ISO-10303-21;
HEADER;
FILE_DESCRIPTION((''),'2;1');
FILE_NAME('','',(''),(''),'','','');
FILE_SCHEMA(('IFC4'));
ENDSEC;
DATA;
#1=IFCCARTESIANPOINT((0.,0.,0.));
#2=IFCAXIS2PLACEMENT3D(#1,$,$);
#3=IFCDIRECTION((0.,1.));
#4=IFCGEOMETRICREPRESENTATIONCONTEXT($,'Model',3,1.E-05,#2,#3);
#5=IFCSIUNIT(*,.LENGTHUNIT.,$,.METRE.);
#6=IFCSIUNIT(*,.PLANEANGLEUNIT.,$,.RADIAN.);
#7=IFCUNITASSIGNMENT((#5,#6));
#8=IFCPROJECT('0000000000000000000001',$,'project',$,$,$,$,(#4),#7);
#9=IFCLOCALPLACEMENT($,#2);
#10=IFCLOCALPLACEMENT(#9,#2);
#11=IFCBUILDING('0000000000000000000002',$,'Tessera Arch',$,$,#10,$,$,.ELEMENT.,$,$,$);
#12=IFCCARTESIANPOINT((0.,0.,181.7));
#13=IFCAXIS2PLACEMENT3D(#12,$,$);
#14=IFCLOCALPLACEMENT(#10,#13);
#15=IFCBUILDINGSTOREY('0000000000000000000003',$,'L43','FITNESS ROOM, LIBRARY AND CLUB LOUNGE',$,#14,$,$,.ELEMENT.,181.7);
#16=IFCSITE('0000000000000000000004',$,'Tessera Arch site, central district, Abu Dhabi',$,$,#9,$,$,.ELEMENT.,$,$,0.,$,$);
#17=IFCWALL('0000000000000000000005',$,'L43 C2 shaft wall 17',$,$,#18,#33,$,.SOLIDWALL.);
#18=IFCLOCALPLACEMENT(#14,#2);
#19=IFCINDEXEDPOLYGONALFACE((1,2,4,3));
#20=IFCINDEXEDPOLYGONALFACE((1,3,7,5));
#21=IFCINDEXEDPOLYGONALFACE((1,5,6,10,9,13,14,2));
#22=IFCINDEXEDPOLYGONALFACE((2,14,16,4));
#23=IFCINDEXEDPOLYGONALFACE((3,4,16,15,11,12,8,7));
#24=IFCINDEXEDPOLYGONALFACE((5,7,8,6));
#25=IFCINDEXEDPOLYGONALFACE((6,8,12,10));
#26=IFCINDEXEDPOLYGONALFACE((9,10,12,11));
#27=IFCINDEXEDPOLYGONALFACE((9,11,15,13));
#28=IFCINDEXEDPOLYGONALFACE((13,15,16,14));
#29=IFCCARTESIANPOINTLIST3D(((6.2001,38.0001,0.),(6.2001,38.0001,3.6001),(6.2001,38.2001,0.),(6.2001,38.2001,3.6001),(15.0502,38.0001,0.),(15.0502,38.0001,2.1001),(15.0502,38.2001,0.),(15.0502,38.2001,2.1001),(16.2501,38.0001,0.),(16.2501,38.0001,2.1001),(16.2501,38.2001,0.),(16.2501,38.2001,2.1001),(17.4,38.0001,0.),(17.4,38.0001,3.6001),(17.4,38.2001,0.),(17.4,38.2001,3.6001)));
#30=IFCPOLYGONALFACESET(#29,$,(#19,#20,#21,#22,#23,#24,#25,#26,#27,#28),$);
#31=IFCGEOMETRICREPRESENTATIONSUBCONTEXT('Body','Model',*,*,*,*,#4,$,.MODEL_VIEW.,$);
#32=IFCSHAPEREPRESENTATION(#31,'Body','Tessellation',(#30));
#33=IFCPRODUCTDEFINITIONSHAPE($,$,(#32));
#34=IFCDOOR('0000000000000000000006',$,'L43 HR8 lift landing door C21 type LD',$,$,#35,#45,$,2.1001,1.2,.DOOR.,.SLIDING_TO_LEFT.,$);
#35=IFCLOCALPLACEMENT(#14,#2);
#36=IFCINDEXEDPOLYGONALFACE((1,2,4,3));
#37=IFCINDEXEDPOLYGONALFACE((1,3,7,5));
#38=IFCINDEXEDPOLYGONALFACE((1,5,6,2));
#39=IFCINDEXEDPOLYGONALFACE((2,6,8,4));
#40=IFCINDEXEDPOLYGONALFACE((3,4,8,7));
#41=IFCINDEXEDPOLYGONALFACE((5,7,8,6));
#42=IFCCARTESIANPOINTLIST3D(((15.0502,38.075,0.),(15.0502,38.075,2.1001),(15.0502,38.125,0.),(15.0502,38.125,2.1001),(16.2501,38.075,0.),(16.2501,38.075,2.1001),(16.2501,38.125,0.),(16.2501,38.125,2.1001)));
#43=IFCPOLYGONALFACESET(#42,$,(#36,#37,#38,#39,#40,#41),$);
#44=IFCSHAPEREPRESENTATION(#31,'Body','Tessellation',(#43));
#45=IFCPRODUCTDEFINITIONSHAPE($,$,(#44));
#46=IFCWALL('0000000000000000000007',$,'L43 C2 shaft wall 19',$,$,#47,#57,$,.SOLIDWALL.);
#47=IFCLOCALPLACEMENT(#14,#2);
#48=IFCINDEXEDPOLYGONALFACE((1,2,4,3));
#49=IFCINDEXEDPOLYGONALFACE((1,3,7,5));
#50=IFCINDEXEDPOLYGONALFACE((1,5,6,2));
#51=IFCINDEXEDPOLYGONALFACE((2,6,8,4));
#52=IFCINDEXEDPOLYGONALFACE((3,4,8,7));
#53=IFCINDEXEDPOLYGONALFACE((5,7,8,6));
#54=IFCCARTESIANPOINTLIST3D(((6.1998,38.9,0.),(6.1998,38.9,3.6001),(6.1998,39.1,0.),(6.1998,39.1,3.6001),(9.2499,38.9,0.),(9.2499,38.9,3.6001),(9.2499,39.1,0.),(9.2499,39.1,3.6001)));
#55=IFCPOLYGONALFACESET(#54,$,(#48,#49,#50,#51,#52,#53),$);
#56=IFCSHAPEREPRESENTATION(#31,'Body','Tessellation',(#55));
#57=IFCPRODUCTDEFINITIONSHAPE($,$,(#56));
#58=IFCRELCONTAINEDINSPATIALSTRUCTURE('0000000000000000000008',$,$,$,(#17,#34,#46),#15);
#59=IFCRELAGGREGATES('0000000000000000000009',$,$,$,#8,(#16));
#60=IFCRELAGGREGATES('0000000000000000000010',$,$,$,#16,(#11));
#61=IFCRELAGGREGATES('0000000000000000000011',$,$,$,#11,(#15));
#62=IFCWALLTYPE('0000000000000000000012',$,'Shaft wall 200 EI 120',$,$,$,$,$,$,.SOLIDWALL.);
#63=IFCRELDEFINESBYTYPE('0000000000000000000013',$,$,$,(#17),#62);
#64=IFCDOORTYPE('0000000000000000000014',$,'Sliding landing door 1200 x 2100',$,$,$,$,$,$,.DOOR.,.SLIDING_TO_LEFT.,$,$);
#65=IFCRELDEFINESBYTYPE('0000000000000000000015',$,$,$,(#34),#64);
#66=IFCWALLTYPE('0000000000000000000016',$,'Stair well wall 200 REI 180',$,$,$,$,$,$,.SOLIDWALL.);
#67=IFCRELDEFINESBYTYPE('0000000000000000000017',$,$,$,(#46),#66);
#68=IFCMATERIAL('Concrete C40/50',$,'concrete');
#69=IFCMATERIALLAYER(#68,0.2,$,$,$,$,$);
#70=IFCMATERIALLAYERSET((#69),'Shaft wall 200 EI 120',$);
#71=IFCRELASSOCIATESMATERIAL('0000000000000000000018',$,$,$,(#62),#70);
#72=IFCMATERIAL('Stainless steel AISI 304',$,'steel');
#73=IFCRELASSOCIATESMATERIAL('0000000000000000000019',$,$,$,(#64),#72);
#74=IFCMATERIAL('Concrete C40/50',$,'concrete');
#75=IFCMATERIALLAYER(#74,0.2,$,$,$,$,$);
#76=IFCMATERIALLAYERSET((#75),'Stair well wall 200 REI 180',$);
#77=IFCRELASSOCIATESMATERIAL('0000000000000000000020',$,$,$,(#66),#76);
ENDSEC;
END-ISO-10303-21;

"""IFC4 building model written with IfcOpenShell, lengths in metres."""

from ifc_helpers import new_model, si_unit, direction, frame, frame_2d, origin, place, context, subcontext, project, spatial, rectangle, extrude, material, layer, layer_set, type_object, element, fill, save


model = new_model("IFC4")

# Units and contexts
model_context = context("Model", 3, precision=1e-05, world=origin(), true_north=direction((0.0, 1.0)))
body_context = subcontext(model_context, "Body", "Model", "MODEL_VIEW")
ifc_project = project(units=[si_unit("LENGTHUNIT", "METRE"), si_unit("PLANEANGLEUNIT", "RADIAN")], contexts=[model_context])

# Site, building, storey
site_placement = place(None, origin())
site = spatial("IfcSite", under=ifc_project, at=site_placement, Name="Tessera Arch site, central district, Abu Dhabi", CompositionType="ELEMENT", RefElevation=0.0)
building_placement = place(site_placement, origin())
building = spatial("IfcBuilding", under=site, at=building_placement, Name="Tessera Arch", CompositionType="ELEMENT")
storey_placement = place(building_placement, frame((0.0, 0.0, 181.7)))
storey = spatial("IfcBuildingStorey", under=building, at=storey_placement, Name="L43", Description="FITNESS ROOM, LIBRARY AND CLUB LOUNGE", CompositionType="ELEMENT", Elevation=181.7)

# Wall, opening, door
ifc_material_1 = material(Name="Concrete C40/50", Category="concrete")
ifc_layer_1 = layer(ifc_material_1, 0.2)
ifc_layer_set_1 = layer_set([ifc_layer_1], Name="Shaft wall 200 EI 120")
wall_type_1 = type_object("IfcWallType", Name="Shaft wall 200 EI 120", PredefinedType="SOLIDWALL", material=ifc_layer_set_1)
wall_1_placement = place(storey_placement, frame((6.2, 38.1001, 0.0), z_axis=(0.0, 0.0, 1.0), x_axis=(1.0, 0.0, 0.0)))
wall_1 = element("IfcWall", 1, at=wall_1_placement, inside=storey, type_object=wall_type_1, Name="L43 C2 shaft wall 17", PredefinedType="SOLIDWALL", context=body_context, shape_type="SweptSolid", body=[
    extrude(rectangle(XDim=11.2, YDim=0.2, at=frame_2d((5.6001, 0.0))), origin(), (0.0, 0.0, 1.0), 3.6001),
])
opening_1_placement = place(wall_1_placement, frame((8.8501, 0.0, 0.0)))
opening_1 = element("IfcOpeningElement", 2, at=opening_1_placement, cuts=wall_1, PredefinedType="OPENING", context=body_context, shape_type="SweptSolid", body=[
    extrude(rectangle(XDim=1.2, YDim=2.1001, at=frame_2d((0.6001, 1.05))), frame((0.0, 0.1099, 0.0), z_axis=(0.0, -1.0, 0.0), x_axis=(1.0, 0.0, 0.0)), (0.0, 0.0, 1.0), 0.22),
])
ifc_material_2 = material(Name="Stainless steel AISI 304", Category="steel")
door_type_1 = type_object("IfcDoorType", Name="Sliding landing door 1200 x 2100", OperationType="SLIDING_TO_LEFT", PredefinedType="DOOR", material=ifc_material_2)
door_1_placement = place(opening_1_placement, origin())
door_1 = element("IfcDoor", 3, at=door_1_placement, inside=storey, type_object=door_type_1, Name="L43 HR8 lift landing door C21 type LD", OperationType="SLIDING_TO_LEFT", OverallHeight=2.1001, OverallWidth=1.2, PredefinedType="DOOR", context=body_context, shape_type="SweptSolid", body=[
    extrude(rectangle(XDim=1.2, YDim=2.1001, at=frame_2d((0.6001, 1.05))), frame((0.0, 0.0249, 0.0), z_axis=(0.0, -1.0, 0.0), x_axis=(1.0, 0.0, 0.0)), (0.0, 0.0, 1.0), 0.05),
])
fill(opening_1, door_1)

# Wall
ifc_material_3 = material(Name="Concrete C40/50", Category="concrete")
ifc_layer_2 = layer(ifc_material_3, 0.2)
ifc_layer_set_2 = layer_set([ifc_layer_2], Name="Stair well wall 200 REI 180")
wall_type_2 = type_object("IfcWallType", Name="Stair well wall 200 REI 180", PredefinedType="SOLIDWALL", material=ifc_layer_set_2)
wall_2_placement = place(storey_placement, frame((6.2, 39.0, 0.0), z_axis=(0.0, 0.0, 1.0), x_axis=(1.0, 0.0, 0.0)))
element("IfcWall", 4, at=wall_2_placement, inside=storey, type_object=wall_type_2, Name="L43 C2 shaft wall 19", PredefinedType="SOLIDWALL", context=body_context, shape_type="SweptSolid", body=[
    extrude(rectangle(XDim=3.05, YDim=0.2, at=frame_2d((1.5249, 0.0))), origin(), (0.0, 0.0, 1.0), 3.6001),
])

save(model, "model.ifc")
